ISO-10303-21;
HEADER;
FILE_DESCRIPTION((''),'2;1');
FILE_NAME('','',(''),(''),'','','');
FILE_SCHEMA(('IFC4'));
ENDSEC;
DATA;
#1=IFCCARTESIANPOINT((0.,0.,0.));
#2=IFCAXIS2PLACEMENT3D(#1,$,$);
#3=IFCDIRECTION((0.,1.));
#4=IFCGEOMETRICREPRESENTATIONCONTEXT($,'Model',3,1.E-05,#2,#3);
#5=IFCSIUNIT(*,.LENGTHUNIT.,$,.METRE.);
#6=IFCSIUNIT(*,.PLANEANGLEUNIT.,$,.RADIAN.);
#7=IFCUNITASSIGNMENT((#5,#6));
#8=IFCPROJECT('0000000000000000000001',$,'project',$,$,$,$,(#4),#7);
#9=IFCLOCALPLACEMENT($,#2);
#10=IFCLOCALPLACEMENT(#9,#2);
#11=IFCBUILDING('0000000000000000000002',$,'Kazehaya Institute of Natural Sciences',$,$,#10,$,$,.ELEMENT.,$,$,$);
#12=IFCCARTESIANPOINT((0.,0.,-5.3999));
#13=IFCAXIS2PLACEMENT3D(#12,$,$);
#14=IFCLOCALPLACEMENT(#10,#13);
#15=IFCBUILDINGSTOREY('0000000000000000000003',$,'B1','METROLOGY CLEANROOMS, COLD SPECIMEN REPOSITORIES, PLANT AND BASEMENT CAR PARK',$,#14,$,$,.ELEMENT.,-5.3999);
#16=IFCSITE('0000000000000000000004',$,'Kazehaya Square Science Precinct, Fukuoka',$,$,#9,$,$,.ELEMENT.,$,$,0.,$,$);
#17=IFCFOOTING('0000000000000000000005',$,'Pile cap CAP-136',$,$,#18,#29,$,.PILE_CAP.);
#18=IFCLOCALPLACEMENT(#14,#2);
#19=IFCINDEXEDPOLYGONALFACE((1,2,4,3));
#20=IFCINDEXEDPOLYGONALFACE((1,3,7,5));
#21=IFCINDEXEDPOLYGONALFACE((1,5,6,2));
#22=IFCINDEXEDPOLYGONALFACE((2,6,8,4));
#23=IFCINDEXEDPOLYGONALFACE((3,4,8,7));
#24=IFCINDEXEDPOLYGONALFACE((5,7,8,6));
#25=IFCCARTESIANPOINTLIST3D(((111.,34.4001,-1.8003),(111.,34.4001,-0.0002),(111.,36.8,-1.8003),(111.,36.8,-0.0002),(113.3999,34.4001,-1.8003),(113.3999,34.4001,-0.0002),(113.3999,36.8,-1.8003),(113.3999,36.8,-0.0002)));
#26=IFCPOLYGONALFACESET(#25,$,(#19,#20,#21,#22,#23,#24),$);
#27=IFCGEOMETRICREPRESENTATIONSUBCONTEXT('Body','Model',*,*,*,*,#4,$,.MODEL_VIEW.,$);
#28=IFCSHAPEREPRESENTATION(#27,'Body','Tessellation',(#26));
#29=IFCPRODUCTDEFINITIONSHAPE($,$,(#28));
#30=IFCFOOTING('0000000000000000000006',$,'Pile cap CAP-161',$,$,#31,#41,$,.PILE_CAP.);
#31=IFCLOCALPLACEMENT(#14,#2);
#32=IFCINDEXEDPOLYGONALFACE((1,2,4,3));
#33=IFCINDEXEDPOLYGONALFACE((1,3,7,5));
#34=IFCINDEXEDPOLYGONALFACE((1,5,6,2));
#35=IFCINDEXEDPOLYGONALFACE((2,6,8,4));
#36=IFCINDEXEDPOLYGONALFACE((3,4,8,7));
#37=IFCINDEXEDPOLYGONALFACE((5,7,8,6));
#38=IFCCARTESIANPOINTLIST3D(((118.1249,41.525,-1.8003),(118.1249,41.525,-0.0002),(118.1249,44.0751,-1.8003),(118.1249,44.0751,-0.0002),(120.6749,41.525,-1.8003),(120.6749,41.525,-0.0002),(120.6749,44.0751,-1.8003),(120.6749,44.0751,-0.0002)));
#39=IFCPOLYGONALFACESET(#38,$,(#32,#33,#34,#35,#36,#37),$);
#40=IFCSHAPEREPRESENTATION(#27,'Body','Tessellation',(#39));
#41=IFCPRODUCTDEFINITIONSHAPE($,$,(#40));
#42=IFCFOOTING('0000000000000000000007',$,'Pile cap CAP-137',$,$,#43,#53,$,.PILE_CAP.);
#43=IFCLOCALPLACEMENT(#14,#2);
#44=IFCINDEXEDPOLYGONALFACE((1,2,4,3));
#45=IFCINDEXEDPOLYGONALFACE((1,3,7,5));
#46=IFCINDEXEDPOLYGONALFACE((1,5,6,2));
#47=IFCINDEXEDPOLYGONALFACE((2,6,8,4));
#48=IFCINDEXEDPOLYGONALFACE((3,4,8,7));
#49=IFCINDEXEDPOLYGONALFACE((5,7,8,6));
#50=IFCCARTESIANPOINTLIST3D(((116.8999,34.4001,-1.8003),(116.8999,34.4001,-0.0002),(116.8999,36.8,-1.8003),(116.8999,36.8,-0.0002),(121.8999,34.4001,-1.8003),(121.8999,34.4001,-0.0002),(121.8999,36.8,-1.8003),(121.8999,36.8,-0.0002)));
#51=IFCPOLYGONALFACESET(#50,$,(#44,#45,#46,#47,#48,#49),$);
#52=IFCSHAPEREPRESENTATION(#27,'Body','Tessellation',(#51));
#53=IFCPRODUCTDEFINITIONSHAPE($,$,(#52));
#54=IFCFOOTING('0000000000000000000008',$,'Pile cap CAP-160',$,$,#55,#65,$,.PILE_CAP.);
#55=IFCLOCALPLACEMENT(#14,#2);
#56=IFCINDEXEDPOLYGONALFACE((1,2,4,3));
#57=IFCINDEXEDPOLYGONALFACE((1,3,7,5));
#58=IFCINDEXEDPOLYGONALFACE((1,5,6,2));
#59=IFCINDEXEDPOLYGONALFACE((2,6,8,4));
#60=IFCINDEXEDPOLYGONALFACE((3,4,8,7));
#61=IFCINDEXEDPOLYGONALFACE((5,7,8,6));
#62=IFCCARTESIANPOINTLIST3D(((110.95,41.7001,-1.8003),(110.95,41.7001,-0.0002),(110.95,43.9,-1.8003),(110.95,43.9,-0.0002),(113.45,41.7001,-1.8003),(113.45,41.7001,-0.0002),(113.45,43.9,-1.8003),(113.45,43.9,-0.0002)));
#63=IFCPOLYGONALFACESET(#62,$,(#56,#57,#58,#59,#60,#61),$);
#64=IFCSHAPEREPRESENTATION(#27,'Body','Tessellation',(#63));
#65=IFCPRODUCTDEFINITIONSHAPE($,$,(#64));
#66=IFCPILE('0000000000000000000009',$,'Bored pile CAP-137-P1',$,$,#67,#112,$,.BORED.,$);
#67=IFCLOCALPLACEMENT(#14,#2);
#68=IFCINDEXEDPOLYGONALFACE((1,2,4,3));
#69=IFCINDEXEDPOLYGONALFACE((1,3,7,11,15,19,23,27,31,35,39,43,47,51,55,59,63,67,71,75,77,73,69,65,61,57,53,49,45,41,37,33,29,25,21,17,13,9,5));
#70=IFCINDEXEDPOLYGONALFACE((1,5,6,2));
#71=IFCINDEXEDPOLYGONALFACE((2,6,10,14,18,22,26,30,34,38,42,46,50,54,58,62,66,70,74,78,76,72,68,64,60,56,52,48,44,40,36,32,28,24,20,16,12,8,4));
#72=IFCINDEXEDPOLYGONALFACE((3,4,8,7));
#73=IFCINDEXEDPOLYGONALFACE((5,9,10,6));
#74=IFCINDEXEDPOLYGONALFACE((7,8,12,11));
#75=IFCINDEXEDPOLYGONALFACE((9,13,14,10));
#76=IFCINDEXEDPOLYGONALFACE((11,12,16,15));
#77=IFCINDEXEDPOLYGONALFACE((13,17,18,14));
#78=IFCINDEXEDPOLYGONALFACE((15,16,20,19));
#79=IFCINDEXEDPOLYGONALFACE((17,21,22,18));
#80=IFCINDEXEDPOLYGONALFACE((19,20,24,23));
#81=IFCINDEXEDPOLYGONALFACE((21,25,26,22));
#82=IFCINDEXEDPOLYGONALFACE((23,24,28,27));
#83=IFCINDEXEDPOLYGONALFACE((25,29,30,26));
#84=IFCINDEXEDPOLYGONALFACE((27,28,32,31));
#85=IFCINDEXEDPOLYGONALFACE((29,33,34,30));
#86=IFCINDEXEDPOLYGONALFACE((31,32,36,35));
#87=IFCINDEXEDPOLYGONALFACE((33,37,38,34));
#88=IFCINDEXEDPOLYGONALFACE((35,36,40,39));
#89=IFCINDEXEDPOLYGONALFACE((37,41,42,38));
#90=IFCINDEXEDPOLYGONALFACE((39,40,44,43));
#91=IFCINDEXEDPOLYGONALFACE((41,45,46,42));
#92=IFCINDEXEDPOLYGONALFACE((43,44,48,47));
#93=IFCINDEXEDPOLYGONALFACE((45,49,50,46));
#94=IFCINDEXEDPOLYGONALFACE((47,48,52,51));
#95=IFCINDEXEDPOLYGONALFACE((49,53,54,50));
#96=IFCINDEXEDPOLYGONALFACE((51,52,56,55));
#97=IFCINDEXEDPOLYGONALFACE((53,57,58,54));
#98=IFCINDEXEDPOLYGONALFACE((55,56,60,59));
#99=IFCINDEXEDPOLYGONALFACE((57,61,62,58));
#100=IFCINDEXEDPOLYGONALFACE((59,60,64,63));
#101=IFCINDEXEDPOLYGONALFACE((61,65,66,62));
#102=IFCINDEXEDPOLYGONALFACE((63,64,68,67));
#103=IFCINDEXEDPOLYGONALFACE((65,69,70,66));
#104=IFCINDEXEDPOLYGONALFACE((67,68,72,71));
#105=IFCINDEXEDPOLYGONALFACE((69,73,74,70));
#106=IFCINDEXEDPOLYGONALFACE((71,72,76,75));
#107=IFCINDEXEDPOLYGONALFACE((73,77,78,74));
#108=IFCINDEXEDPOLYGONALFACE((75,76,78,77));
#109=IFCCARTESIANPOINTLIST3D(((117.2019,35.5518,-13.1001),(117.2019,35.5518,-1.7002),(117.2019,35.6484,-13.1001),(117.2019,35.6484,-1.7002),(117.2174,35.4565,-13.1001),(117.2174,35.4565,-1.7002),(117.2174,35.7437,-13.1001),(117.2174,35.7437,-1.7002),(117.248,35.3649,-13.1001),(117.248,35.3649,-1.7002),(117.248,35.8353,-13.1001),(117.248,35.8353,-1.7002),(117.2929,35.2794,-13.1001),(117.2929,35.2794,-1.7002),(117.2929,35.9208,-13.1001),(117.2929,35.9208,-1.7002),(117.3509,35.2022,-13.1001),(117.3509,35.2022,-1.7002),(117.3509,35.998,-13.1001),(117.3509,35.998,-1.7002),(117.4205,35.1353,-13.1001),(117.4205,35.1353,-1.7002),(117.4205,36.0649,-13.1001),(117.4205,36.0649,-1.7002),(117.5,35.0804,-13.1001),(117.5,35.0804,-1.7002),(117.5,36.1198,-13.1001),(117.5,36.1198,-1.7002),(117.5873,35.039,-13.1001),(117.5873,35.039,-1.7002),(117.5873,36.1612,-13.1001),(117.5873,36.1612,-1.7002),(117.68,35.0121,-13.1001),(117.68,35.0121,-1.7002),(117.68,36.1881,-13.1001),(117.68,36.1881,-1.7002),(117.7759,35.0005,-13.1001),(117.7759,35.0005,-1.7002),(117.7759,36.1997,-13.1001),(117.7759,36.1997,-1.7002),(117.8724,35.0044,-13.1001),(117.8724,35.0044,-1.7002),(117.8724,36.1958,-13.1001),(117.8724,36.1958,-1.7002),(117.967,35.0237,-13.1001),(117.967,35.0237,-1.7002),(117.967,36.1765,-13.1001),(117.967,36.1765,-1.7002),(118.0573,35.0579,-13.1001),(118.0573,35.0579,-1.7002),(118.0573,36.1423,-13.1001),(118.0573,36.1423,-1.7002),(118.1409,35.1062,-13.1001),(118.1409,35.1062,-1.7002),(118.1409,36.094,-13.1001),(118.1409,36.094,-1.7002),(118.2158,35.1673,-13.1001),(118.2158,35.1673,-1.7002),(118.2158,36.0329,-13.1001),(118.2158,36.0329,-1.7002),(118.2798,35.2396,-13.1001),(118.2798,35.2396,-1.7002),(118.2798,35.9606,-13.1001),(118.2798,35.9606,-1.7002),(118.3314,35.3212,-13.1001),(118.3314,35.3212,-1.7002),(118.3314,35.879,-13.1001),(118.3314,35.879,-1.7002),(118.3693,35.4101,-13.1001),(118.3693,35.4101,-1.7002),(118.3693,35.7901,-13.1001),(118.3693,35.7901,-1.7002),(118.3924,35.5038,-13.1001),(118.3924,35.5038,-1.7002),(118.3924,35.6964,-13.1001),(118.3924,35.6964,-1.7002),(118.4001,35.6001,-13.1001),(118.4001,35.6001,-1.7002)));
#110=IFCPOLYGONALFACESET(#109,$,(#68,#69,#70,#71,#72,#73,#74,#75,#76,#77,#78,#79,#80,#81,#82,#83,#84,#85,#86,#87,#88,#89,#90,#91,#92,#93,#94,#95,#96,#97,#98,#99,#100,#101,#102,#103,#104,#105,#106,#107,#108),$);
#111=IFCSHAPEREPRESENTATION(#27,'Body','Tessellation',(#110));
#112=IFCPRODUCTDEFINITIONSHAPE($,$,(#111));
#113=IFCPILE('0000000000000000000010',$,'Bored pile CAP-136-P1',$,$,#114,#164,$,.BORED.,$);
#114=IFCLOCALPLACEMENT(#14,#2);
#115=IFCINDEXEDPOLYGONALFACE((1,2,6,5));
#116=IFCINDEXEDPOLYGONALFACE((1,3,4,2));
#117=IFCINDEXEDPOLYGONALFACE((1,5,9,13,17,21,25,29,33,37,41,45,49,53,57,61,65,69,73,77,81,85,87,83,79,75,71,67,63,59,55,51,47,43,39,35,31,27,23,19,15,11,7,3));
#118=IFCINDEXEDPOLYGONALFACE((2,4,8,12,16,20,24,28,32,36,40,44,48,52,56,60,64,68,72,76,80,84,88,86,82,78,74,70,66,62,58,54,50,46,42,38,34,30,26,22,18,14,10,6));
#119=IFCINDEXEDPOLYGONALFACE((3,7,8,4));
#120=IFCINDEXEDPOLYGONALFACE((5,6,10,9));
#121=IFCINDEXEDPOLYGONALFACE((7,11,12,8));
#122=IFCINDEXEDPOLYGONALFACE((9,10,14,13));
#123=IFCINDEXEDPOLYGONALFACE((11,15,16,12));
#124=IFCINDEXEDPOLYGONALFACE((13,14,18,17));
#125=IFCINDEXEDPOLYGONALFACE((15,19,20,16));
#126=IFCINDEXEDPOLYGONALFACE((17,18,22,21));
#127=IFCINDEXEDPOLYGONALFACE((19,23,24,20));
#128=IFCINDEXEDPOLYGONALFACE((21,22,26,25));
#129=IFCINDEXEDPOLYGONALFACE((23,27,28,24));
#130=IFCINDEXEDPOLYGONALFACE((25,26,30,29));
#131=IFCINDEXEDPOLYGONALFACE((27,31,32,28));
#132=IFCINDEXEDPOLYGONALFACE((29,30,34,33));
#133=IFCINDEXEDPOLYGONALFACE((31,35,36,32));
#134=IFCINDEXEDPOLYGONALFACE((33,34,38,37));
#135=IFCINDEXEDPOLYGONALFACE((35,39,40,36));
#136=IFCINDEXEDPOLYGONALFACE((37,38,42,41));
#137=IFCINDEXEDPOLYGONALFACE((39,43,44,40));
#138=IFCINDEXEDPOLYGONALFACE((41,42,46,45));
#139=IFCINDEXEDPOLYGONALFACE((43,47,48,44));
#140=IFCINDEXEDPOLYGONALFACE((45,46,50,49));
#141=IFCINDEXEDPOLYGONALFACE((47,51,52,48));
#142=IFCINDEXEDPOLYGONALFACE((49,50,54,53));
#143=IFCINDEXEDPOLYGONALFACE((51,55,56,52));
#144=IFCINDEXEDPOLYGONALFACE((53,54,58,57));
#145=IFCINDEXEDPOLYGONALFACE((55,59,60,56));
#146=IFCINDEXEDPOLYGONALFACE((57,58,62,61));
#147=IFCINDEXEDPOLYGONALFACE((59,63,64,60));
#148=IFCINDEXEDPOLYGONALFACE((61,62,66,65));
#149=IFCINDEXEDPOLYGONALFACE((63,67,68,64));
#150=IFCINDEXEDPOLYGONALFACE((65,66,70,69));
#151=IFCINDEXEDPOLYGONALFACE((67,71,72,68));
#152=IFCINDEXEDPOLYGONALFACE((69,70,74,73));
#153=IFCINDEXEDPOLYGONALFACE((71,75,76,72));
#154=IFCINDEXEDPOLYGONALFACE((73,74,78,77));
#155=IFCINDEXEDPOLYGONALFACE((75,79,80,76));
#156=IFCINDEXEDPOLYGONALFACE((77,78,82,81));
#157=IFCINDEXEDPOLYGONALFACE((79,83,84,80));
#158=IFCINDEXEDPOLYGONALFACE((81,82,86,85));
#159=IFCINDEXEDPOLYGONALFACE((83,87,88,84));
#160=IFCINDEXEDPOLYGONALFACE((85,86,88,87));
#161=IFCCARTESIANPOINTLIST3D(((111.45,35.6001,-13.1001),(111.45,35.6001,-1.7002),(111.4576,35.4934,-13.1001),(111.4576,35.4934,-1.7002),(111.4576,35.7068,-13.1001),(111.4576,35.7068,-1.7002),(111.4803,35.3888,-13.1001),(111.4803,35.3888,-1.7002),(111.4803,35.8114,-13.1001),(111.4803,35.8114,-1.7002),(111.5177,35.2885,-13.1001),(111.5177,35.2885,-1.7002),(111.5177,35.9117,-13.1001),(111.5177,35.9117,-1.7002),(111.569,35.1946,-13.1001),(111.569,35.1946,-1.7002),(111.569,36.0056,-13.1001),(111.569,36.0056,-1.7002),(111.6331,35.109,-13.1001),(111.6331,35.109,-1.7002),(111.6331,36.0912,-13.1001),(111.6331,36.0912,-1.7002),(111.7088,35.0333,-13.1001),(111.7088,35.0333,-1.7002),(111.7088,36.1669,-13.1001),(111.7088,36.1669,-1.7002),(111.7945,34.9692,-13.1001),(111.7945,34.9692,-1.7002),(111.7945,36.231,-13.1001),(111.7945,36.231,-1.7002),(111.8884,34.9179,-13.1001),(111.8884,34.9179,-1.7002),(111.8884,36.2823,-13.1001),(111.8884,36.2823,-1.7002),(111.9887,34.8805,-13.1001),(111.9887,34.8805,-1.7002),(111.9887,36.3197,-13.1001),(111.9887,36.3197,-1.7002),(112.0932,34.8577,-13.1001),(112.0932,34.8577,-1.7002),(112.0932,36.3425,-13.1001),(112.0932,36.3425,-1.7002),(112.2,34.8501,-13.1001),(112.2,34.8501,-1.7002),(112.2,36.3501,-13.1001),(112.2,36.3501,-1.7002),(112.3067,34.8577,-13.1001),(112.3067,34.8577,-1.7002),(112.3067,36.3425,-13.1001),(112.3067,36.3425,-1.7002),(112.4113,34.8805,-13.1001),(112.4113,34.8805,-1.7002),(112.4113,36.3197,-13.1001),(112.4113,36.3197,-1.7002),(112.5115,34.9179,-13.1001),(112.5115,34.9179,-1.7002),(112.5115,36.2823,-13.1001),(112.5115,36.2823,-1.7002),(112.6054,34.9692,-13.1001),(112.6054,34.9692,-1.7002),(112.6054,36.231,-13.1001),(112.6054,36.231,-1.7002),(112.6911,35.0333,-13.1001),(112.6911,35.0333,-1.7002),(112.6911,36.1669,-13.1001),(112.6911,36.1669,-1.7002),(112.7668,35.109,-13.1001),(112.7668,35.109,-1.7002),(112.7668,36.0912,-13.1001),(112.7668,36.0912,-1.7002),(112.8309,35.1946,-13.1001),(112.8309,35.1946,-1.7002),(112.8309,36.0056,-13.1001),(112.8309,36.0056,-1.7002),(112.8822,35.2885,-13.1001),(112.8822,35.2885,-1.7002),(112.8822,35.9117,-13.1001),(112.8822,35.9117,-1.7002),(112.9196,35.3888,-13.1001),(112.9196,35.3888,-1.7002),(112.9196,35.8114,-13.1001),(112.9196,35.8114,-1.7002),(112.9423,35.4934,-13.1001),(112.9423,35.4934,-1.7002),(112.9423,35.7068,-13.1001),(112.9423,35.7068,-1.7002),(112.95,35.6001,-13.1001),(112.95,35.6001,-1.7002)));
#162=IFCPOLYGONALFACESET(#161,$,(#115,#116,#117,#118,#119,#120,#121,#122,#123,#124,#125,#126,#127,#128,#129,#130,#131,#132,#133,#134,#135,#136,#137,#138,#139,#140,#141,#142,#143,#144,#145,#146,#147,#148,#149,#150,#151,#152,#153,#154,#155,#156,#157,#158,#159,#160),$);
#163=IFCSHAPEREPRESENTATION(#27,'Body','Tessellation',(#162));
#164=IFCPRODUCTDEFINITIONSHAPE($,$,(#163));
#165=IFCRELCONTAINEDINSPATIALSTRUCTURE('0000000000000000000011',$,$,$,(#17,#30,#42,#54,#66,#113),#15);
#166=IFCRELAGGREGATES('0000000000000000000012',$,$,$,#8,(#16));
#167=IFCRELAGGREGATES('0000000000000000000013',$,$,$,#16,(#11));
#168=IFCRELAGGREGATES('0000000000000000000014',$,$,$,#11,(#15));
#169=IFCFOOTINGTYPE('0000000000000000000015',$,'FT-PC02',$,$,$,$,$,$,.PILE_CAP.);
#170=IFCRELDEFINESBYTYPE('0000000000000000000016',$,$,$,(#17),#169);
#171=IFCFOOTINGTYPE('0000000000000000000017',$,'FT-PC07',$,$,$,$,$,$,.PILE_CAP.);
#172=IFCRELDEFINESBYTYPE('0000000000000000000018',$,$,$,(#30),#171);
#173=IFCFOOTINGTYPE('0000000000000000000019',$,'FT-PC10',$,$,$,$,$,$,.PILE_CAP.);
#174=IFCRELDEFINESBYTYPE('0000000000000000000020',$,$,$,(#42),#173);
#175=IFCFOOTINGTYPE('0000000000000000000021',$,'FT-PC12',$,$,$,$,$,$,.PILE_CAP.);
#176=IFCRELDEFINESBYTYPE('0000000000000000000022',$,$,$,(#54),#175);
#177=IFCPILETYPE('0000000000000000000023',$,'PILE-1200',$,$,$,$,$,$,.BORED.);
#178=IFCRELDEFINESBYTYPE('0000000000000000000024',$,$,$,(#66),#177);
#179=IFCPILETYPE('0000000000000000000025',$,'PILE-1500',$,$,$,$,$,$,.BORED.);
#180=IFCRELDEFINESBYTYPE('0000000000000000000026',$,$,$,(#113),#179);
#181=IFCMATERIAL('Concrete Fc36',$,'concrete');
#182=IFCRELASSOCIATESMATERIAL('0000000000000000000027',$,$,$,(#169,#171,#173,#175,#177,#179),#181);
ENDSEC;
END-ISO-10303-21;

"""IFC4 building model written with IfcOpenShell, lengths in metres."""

from ifc_helpers import new_model, si_unit, direction, frame, origin, origin_2d, place, context, subcontext, project, spatial, rectangle, circle, extrude, material, material_profile, profile_set, type_object, element, save


model = new_model("IFC4")

# Units and contexts
model_context = context("Model", 3, precision=1e-05, world=origin(), true_north=direction((0.0, 1.0)))
body_context = subcontext(model_context, "Body", "Model", "MODEL_VIEW")
ifc_project = project(units=[si_unit("LENGTHUNIT", "METRE"), si_unit("PLANEANGLEUNIT", "RADIAN")], contexts=[model_context])

# Site, building, storey
site_placement = place(None, origin())
site = spatial("IfcSite", under=ifc_project, at=site_placement, Name="Kazehaya Square Science Precinct, Fukuoka", CompositionType="ELEMENT", RefElevation=0.0)
building_placement = place(site_placement, origin())
building = spatial("IfcBuilding", under=site, at=building_placement, Name="Kazehaya Institute of Natural Sciences", CompositionType="ELEMENT")
storey_placement = place(building_placement, frame((0.0, 0.0, -5.3999)))
storey = spatial("IfcBuildingStorey", under=building, at=storey_placement, Name="B1", Description="METROLOGY CLEANROOMS, COLD SPECIMEN REPOSITORIES, PLANT AND BASEMENT CAR PARK", CompositionType="ELEMENT", Elevation=-5.3999)

# Footings
ifc_material_1 = material(Name="Concrete Fc36", Category="concrete")
footing_type_1 = type_object("IfcFootingType", Name="FT-PC02", PredefinedType="PILE_CAP", material=ifc_material_1)
footing_1_placement = place(storey_placement, frame((112.2, 35.6001, -1.8003), z_axis=(0.0, 0.0, 1.0), x_axis=(1.0, 0.0, 0.0)))
element("IfcFooting", 1, at=footing_1_placement, inside=storey, type_object=footing_type_1, Name="Pile cap CAP-136", PredefinedType="PILE_CAP", context=body_context, shape_type="SweptSolid", body=[
    extrude(rectangle(XDim=2.3999, YDim=2.3999, at=origin_2d()), origin(), (0.0, 0.0, 1.0), 1.8),
])
footing_type_2 = type_object("IfcFootingType", Name="FT-PC07", PredefinedType="PILE_CAP", material=ifc_material_1)
footing_2_placement = place(storey_placement, frame((119.3999, 42.8, -1.8003), z_axis=(0.0, 0.0, 1.0), x_axis=(1.0, 0.0, 0.0)))
element("IfcFooting", 2, at=footing_2_placement, inside=storey, type_object=footing_type_2, Name="Pile cap CAP-161", PredefinedType="PILE_CAP", context=body_context, shape_type="SweptSolid", body=[
    extrude(rectangle(XDim=2.55, YDim=2.55, at=origin_2d()), origin(), (0.0, 0.0, 1.0), 1.8),
])
footing_type_3 = type_object("IfcFootingType", Name="FT-PC10", PredefinedType="PILE_CAP", material=ifc_material_1)
footing_3_placement = place(storey_placement, frame((119.3999, 35.6001, -1.8003), z_axis=(0.0, 0.0, 1.0), x_axis=(1.0, 0.0, 0.0)))
element("IfcFooting", 3, at=footing_3_placement, inside=storey, type_object=footing_type_3, Name="Pile cap CAP-137", PredefinedType="PILE_CAP", context=body_context, shape_type="SweptSolid", body=[
    extrude(rectangle(XDim=5.0, YDim=2.3999, at=origin_2d()), origin(), (0.0, 0.0, 1.0), 1.8),
])
footing_type_4 = type_object("IfcFootingType", Name="FT-PC12", PredefinedType="PILE_CAP", material=ifc_material_1)
footing_4_placement = place(storey_placement, frame((112.2, 42.8, -1.8003), z_axis=(0.0, 0.0, 1.0), x_axis=(1.0, 0.0, 0.0)))
element("IfcFooting", 4, at=footing_4_placement, inside=storey, type_object=footing_type_4, Name="Pile cap CAP-160", PredefinedType="PILE_CAP", context=body_context, shape_type="SweptSolid", body=[
    extrude(rectangle(XDim=2.5, YDim=2.2, at=origin_2d()), origin(), (0.0, 0.0, 1.0), 1.8),
])

# Piles
ifc_material_profile_1 = material_profile(ifc_material_1, circle(Radius=0.6001, at=origin_2d()), Name="PILE-1200")
ifc_profile_set_1 = profile_set([ifc_material_profile_1], Name="Concrete Fc36")
pile_type_1 = type_object("IfcPileType", Name="PILE-1200", PredefinedType="BORED", material=ifc_profile_set_1)
pile_placement = place(storey_placement, frame((117.8, 35.6001, -1.7002), z_axis=(0.0, 0.0, -1.0), x_axis=(1.0, 0.0, 0.0)))
element("IfcPile", 5, at=pile_placement, inside=storey, type_object=pile_type_1, Name="Bored pile CAP-137-P1", PredefinedType="BORED", context=body_context, shape_type="SweptSolid", body=[
    extrude(circle(Radius=0.6001, at=origin_2d()), origin(), (0.0, 0.0, 1.0), 11.3999),
])
ifc_material_profile_2 = material_profile(ifc_material_1, circle(Radius=0.75, at=origin_2d()), Name="PILE-1500")
ifc_profile_set_2 = profile_set([ifc_material_profile_2], Name="Concrete Fc36")
pile_type_2 = type_object("IfcPileType", Name="PILE-1500", PredefinedType="BORED", material=ifc_profile_set_2)
for number, where, z_axis, x_axis, name in (
    (6, (112.2, 35.6001, -1.7002), (0.0, 0.0, -1.0), (1.0, 0.0, 0.0), "Bored pile CAP-136-P1"),
):
    element("IfcPile", number, at=place(storey_placement, frame(where, z_axis=z_axis, x_axis=x_axis)), inside=storey, type_object=pile_type_2, Name=name, PredefinedType="BORED", context=body_context, shape_type="SweptSolid", body=[
        extrude(circle(Radius=0.75, at=origin_2d()), origin(), (0.0, 0.0, 1.0), 11.3999),
    ])

save(model, "model.ifc")
